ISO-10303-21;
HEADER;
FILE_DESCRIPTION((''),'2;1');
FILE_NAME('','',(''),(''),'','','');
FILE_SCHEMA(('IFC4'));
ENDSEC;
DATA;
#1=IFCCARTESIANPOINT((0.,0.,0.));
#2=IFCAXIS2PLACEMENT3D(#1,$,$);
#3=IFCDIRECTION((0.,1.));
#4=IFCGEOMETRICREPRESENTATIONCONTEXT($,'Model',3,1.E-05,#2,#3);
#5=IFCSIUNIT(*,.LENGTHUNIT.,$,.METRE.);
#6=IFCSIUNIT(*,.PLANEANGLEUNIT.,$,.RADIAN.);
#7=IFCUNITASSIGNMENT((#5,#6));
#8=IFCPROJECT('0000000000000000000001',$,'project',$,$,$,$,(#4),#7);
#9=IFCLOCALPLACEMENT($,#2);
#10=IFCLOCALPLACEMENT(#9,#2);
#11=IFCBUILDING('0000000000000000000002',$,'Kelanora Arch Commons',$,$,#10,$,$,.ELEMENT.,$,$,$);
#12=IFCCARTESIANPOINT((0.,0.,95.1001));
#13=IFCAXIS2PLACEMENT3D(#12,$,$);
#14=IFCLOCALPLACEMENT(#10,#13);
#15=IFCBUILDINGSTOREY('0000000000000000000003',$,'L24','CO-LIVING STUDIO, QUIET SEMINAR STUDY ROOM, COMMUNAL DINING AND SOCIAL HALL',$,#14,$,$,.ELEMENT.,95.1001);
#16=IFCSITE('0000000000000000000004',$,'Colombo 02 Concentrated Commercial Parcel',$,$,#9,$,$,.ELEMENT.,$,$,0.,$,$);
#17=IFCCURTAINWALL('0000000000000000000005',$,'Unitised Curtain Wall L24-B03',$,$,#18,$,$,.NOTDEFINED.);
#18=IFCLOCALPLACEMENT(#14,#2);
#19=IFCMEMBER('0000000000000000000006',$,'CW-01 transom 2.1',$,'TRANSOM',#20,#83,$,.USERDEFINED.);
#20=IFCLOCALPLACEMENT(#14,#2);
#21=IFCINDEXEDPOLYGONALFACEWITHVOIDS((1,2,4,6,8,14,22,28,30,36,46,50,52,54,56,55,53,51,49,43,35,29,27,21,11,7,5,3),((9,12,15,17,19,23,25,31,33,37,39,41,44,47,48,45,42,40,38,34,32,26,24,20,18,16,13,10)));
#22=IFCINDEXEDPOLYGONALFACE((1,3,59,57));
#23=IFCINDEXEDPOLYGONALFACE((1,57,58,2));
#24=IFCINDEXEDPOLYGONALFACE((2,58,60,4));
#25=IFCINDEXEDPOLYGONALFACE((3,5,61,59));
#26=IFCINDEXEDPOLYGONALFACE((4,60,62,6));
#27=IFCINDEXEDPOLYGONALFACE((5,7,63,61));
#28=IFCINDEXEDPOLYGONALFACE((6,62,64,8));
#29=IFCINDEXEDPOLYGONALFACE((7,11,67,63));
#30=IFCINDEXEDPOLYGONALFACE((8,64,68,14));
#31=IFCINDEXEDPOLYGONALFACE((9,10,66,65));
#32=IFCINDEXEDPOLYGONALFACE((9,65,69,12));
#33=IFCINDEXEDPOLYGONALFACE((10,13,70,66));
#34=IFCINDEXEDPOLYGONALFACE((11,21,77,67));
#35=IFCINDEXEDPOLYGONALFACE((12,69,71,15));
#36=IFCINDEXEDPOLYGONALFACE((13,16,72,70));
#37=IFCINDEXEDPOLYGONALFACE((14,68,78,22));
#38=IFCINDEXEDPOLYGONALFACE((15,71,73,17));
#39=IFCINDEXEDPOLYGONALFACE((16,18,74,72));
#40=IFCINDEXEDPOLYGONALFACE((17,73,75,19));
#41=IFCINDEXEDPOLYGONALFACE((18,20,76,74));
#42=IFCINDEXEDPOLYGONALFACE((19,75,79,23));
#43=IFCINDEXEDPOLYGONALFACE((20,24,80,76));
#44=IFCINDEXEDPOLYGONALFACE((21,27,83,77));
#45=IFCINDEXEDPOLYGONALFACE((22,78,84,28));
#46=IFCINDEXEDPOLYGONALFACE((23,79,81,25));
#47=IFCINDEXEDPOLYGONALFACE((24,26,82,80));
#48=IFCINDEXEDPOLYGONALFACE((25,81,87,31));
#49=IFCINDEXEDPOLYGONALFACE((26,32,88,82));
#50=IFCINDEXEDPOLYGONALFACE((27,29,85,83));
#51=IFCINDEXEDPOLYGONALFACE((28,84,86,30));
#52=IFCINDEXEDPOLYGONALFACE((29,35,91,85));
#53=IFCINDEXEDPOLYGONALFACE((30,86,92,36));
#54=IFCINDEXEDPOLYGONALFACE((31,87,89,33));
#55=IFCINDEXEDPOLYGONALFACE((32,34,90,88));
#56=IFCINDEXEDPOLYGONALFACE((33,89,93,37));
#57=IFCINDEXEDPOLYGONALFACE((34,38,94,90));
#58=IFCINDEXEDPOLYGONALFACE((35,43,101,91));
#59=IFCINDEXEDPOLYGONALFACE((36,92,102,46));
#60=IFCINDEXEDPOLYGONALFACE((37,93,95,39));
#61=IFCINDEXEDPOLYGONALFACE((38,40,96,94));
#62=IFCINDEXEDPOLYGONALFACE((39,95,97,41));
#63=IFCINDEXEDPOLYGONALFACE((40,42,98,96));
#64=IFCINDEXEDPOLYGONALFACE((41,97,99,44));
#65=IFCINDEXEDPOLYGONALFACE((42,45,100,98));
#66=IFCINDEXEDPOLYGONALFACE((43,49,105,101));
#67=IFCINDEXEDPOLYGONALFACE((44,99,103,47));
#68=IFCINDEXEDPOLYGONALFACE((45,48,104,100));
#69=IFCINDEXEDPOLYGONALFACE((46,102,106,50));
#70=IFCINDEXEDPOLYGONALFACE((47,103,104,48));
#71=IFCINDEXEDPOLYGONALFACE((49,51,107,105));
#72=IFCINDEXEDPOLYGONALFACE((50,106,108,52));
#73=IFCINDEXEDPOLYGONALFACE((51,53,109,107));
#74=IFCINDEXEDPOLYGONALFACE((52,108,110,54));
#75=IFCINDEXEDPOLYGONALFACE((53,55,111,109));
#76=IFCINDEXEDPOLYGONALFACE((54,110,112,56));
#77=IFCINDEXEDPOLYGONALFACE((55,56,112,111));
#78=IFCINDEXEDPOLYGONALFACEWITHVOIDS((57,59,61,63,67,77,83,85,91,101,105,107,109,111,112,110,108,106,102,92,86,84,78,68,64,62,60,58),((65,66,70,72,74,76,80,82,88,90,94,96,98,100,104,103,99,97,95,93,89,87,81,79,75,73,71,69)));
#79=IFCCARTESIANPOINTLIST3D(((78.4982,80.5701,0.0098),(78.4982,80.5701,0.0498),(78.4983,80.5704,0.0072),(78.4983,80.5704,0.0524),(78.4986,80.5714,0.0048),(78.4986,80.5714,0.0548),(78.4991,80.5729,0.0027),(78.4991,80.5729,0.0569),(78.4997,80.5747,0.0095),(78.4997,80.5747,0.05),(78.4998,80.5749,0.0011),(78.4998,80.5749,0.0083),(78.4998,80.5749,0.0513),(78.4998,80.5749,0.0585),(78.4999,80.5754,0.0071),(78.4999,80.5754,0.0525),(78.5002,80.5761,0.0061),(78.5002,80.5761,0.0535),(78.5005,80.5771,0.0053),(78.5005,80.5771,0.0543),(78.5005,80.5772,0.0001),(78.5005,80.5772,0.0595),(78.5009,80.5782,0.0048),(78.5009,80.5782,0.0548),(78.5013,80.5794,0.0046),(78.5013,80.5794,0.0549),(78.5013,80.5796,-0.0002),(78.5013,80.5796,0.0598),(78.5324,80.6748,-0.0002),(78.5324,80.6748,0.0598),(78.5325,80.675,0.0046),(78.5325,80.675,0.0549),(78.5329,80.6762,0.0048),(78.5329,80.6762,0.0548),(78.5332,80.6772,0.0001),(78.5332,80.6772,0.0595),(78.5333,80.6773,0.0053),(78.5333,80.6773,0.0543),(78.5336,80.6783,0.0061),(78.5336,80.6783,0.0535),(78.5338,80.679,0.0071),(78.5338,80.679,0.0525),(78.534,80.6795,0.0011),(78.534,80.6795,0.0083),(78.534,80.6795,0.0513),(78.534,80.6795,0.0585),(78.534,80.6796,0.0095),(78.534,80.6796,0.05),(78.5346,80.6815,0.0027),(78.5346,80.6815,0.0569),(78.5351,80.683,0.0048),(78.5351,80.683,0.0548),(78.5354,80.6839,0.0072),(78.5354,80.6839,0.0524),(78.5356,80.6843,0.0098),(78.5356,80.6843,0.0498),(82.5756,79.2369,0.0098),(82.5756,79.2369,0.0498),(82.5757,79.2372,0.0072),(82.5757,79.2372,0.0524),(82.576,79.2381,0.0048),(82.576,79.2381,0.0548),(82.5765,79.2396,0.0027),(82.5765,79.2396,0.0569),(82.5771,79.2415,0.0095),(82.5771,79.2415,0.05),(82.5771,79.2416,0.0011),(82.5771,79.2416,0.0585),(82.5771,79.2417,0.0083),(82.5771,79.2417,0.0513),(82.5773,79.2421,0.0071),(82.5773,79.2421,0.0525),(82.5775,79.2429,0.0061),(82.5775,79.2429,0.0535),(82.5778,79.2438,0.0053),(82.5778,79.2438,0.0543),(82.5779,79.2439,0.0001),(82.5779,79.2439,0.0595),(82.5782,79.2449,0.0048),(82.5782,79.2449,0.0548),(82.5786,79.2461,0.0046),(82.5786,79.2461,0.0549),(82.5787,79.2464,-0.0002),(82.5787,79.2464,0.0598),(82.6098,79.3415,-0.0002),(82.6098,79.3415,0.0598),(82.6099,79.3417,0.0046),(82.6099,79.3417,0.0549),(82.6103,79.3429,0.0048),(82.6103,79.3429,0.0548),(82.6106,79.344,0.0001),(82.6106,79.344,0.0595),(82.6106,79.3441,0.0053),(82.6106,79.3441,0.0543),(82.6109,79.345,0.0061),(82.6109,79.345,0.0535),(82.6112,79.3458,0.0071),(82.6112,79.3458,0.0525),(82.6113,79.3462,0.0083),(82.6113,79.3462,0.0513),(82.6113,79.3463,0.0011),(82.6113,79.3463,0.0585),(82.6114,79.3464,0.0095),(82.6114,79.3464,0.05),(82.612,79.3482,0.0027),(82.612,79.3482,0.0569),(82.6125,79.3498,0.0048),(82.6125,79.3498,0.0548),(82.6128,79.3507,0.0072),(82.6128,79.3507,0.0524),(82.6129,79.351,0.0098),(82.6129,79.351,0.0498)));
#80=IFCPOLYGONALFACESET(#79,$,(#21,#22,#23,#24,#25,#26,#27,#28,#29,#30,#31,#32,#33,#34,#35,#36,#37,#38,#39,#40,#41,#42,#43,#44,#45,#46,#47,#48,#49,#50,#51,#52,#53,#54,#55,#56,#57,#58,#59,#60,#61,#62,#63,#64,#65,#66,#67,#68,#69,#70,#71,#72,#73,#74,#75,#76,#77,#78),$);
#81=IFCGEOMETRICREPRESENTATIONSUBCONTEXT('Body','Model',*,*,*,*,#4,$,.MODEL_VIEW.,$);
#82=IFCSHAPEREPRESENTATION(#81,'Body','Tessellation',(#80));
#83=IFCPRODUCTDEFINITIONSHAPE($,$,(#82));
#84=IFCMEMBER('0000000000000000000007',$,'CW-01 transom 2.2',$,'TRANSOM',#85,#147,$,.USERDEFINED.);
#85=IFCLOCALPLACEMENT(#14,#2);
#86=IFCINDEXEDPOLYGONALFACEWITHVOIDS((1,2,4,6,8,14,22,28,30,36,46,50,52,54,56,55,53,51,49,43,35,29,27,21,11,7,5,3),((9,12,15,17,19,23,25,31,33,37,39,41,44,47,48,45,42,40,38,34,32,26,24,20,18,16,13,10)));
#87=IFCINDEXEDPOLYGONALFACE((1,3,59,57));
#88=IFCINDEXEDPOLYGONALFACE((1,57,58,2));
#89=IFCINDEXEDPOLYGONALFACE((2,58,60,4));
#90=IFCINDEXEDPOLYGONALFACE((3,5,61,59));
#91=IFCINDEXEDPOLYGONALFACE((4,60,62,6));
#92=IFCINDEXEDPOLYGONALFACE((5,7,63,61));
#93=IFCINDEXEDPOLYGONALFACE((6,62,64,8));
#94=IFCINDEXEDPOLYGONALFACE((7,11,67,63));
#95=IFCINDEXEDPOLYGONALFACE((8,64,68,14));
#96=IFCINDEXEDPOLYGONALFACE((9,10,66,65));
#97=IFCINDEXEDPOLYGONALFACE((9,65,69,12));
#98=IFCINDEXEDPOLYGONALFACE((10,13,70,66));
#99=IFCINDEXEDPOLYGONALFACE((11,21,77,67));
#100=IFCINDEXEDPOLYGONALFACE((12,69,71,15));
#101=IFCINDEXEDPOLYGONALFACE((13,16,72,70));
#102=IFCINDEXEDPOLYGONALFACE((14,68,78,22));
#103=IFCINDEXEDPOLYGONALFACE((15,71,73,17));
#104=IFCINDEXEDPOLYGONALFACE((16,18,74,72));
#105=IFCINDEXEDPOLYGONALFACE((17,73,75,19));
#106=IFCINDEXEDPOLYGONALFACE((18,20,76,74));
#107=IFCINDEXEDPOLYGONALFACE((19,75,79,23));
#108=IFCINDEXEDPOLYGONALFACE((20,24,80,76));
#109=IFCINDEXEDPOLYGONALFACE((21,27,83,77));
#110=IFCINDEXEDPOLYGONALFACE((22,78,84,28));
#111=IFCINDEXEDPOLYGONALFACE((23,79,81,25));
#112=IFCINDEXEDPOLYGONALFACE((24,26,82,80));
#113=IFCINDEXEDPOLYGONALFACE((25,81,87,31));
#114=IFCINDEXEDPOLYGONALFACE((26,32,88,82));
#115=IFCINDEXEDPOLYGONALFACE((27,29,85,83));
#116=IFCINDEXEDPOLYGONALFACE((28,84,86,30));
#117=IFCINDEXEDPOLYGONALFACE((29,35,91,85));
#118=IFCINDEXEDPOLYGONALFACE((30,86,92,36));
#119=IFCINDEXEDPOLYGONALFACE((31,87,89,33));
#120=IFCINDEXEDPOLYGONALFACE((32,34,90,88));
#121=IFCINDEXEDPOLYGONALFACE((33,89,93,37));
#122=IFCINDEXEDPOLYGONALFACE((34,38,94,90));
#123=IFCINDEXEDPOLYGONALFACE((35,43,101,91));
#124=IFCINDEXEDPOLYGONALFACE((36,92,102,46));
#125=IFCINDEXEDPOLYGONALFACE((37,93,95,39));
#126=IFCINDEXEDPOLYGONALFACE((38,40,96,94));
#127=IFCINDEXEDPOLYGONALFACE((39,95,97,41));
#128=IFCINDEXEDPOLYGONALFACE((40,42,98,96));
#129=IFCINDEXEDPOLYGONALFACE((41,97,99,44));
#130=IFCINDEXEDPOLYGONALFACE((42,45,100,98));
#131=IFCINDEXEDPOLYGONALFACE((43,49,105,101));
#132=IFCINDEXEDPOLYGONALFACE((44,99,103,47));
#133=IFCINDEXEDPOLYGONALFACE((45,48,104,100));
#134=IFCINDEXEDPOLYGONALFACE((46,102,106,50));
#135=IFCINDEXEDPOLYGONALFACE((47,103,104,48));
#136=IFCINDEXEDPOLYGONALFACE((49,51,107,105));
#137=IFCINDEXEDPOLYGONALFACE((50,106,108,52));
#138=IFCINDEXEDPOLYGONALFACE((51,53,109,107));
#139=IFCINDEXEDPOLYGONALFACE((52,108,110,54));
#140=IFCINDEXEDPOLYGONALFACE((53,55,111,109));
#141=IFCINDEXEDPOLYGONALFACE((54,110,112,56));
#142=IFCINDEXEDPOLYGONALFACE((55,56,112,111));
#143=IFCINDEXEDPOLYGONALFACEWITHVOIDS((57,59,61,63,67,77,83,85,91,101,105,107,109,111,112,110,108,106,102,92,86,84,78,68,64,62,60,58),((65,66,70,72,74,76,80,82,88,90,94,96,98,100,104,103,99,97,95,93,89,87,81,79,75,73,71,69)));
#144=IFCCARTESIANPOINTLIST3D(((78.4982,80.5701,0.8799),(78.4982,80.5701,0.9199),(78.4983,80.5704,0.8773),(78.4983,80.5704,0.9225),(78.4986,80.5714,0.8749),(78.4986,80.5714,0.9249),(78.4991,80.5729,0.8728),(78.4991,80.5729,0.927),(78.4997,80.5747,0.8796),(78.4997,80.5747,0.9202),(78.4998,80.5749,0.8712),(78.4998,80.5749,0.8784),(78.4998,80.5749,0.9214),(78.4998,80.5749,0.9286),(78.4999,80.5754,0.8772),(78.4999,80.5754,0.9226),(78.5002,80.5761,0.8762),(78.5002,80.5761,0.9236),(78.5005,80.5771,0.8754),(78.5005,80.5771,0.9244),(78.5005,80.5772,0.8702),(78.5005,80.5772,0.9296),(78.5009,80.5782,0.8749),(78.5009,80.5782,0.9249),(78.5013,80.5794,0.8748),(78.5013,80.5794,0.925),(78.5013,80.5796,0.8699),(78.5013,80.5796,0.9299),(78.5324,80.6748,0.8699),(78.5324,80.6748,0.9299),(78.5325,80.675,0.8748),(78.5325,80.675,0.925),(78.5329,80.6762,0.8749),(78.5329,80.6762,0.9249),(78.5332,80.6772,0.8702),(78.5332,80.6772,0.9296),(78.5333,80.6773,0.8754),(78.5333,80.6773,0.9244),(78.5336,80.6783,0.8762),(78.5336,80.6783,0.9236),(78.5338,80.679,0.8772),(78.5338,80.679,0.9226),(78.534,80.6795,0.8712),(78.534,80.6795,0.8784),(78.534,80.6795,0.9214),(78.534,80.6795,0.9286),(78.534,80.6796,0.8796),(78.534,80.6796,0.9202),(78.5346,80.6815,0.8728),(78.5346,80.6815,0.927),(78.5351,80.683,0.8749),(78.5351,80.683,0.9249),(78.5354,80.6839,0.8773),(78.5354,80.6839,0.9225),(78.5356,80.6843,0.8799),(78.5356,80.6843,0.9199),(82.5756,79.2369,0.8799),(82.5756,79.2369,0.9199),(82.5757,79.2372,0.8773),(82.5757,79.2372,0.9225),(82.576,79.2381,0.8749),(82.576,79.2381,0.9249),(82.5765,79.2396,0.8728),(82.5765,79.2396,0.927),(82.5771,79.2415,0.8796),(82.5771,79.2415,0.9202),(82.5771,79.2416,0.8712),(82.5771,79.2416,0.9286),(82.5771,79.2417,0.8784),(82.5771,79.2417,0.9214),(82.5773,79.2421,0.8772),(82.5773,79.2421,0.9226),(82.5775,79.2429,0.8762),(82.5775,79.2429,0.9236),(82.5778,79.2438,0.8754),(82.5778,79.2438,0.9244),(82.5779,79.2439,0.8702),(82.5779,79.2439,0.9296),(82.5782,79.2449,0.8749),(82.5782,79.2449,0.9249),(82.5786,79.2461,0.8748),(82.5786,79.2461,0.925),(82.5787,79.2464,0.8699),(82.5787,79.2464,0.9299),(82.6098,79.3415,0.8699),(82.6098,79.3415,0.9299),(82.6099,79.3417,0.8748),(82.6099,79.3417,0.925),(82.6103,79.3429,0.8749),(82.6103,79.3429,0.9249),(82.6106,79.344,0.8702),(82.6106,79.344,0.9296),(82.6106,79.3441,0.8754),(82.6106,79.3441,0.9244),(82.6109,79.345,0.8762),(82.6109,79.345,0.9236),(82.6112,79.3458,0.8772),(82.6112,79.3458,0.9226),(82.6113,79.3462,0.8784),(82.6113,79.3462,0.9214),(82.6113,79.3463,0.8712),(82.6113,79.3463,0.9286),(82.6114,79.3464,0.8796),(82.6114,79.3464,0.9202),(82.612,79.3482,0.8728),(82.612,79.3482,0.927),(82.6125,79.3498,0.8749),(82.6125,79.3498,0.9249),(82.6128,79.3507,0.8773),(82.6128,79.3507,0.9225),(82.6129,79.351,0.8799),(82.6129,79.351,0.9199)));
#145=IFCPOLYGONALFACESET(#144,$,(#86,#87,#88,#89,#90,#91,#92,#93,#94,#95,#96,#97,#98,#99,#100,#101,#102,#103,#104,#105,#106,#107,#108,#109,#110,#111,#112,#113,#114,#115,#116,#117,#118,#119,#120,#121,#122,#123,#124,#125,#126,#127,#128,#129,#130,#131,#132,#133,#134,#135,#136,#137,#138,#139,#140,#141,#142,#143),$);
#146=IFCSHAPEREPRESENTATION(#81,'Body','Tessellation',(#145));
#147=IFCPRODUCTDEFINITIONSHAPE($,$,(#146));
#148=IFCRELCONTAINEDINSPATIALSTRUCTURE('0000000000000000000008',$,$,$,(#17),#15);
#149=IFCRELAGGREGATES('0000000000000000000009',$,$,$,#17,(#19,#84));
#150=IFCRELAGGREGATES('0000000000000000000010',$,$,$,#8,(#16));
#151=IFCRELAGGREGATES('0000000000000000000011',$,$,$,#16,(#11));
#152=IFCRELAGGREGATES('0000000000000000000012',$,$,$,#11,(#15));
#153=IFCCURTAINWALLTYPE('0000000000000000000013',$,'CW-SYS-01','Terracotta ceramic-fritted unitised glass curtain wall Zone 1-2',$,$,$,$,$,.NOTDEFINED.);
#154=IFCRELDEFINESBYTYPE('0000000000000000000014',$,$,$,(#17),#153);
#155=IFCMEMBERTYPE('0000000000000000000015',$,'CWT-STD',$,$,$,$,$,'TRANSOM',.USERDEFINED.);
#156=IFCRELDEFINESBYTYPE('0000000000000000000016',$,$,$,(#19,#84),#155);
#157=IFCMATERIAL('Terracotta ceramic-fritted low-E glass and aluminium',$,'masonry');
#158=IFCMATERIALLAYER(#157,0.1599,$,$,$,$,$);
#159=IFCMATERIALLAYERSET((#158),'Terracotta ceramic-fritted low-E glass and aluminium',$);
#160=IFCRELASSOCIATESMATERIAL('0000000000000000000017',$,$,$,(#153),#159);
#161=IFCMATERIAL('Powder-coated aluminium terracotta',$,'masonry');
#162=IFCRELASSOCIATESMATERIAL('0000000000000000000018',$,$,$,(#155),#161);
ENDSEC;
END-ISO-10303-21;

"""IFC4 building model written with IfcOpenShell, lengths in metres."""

from ifc_helpers import new_model, si_unit, direction, frame, origin, origin_2d, place, context, subcontext, project, spatial, hollow_rectangle, extrude, material, layer, layer_set, material_profile, profile_set, type_object, element, aggregate, save


model = new_model("IFC4")

# Units and contexts
model_context = context("Model", 3, precision=1e-05, world=origin(), true_north=direction((0.0, 1.0)))
body_context = subcontext(model_context, "Body", "Model", "MODEL_VIEW")
ifc_project = project(units=[si_unit("LENGTHUNIT", "METRE"), si_unit("PLANEANGLEUNIT", "RADIAN")], contexts=[model_context])

# Site, building, storey
site_placement = place(None, origin())
site = spatial("IfcSite", under=ifc_project, at=site_placement, Name="Colombo 02 Concentrated Commercial Parcel", CompositionType="ELEMENT", RefElevation=0.0)
building_placement = place(site_placement, origin())
building = spatial("IfcBuilding", under=site, at=building_placement, Name="Kelanora Arch Commons", CompositionType="ELEMENT")
storey_placement = place(building_placement, frame((0.0, 0.0, 95.1001)))
storey = spatial("IfcBuildingStorey", under=building, at=storey_placement, Name="L24", Description="CO-LIVING STUDIO, QUIET SEMINAR STUDY ROOM, COMMUNAL DINING AND SOCIAL HALL", CompositionType="ELEMENT", Elevation=95.1001)

# Curtain wall, members
ifc_material_1 = material(Name="Terracotta ceramic-fritted low-E glass and aluminium", Category="masonry")
ifc_layer_1 = layer(ifc_material_1, 0.1599)
ifc_layer_set_1 = layer_set([ifc_layer_1], Name="Terracotta ceramic-fritted low-E glass and aluminium")
curtain_wall_type = type_object("IfcCurtainWallType", Name="CW-SYS-01", Description="Terracotta ceramic-fritted unitised glass curtain wall Zone 1-2", PredefinedType="NOTDEFINED", material=ifc_layer_set_1)
curtain_wall_placement = place(storey_placement, origin())
curtain_wall = element("IfcCurtainWall", 1, at=curtain_wall_placement, inside=storey, type_object=curtain_wall_type, Name="Unitised Curtain Wall L24-B03", PredefinedType="NOTDEFINED")
ifc_material_2 = material(Name="Powder-coated aluminium terracotta", Category="masonry")
ifc_material_profile_1 = material_profile(ifc_material_2, hollow_rectangle(XDim=0.1201, YDim=0.0601, WallThickness=0.0049, InnerFilletRadius=0.0049, OuterFilletRadius=0.01, at=origin_2d()), Name="CWT120x60")
ifc_profile_set_1 = profile_set([ifc_material_profile_1], Name="Powder-coated aluminium terracotta")
member_type_1 = type_object("IfcMemberType", Name="CWT-STD", ElementType="TRANSOM", PredefinedType="USERDEFINED", material=ifc_profile_set_1)
member_1_placement = place(storey_placement, frame((82.5942, 79.2939, 0.0298), z_axis=(-0.950478, 0.310793, 0.0), x_axis=(-0.310793, -0.950478, 0.0)))
member_1 = element("IfcMember", 2, at=member_1_placement, type_object=member_type_1, Name="CW-01 transom 2.1", ObjectType="TRANSOM", PredefinedType="USERDEFINED", context=body_context, shape_type="SweptSolid", body=[
    extrude(hollow_rectangle(XDim=0.1201, YDim=0.0601, WallThickness=0.0049, InnerFilletRadius=0.0049, OuterFilletRadius=0.01, at=origin_2d()), origin(), (0.0, 0.0, 1.0), 4.2898),
])
member_2_placement = place(storey_placement, frame((82.5942, 79.2939, 0.8999), z_axis=(-0.950478, 0.310793, 0.0), x_axis=(-0.310793, -0.950478, 0.0)))
member_2 = element("IfcMember", 3, at=member_2_placement, type_object=member_type_1, Name="CW-01 transom 2.2", ObjectType="TRANSOM", PredefinedType="USERDEFINED", context=body_context, shape_type="SweptSolid", body=[
    extrude(hollow_rectangle(XDim=0.1201, YDim=0.0601, WallThickness=0.0049, InnerFilletRadius=0.0049, OuterFilletRadius=0.01, at=origin_2d()), origin(), (0.0, 0.0, 1.0), 4.2898),
])
aggregate(curtain_wall, [member_1, member_2])

save(model, "model.ifc")
